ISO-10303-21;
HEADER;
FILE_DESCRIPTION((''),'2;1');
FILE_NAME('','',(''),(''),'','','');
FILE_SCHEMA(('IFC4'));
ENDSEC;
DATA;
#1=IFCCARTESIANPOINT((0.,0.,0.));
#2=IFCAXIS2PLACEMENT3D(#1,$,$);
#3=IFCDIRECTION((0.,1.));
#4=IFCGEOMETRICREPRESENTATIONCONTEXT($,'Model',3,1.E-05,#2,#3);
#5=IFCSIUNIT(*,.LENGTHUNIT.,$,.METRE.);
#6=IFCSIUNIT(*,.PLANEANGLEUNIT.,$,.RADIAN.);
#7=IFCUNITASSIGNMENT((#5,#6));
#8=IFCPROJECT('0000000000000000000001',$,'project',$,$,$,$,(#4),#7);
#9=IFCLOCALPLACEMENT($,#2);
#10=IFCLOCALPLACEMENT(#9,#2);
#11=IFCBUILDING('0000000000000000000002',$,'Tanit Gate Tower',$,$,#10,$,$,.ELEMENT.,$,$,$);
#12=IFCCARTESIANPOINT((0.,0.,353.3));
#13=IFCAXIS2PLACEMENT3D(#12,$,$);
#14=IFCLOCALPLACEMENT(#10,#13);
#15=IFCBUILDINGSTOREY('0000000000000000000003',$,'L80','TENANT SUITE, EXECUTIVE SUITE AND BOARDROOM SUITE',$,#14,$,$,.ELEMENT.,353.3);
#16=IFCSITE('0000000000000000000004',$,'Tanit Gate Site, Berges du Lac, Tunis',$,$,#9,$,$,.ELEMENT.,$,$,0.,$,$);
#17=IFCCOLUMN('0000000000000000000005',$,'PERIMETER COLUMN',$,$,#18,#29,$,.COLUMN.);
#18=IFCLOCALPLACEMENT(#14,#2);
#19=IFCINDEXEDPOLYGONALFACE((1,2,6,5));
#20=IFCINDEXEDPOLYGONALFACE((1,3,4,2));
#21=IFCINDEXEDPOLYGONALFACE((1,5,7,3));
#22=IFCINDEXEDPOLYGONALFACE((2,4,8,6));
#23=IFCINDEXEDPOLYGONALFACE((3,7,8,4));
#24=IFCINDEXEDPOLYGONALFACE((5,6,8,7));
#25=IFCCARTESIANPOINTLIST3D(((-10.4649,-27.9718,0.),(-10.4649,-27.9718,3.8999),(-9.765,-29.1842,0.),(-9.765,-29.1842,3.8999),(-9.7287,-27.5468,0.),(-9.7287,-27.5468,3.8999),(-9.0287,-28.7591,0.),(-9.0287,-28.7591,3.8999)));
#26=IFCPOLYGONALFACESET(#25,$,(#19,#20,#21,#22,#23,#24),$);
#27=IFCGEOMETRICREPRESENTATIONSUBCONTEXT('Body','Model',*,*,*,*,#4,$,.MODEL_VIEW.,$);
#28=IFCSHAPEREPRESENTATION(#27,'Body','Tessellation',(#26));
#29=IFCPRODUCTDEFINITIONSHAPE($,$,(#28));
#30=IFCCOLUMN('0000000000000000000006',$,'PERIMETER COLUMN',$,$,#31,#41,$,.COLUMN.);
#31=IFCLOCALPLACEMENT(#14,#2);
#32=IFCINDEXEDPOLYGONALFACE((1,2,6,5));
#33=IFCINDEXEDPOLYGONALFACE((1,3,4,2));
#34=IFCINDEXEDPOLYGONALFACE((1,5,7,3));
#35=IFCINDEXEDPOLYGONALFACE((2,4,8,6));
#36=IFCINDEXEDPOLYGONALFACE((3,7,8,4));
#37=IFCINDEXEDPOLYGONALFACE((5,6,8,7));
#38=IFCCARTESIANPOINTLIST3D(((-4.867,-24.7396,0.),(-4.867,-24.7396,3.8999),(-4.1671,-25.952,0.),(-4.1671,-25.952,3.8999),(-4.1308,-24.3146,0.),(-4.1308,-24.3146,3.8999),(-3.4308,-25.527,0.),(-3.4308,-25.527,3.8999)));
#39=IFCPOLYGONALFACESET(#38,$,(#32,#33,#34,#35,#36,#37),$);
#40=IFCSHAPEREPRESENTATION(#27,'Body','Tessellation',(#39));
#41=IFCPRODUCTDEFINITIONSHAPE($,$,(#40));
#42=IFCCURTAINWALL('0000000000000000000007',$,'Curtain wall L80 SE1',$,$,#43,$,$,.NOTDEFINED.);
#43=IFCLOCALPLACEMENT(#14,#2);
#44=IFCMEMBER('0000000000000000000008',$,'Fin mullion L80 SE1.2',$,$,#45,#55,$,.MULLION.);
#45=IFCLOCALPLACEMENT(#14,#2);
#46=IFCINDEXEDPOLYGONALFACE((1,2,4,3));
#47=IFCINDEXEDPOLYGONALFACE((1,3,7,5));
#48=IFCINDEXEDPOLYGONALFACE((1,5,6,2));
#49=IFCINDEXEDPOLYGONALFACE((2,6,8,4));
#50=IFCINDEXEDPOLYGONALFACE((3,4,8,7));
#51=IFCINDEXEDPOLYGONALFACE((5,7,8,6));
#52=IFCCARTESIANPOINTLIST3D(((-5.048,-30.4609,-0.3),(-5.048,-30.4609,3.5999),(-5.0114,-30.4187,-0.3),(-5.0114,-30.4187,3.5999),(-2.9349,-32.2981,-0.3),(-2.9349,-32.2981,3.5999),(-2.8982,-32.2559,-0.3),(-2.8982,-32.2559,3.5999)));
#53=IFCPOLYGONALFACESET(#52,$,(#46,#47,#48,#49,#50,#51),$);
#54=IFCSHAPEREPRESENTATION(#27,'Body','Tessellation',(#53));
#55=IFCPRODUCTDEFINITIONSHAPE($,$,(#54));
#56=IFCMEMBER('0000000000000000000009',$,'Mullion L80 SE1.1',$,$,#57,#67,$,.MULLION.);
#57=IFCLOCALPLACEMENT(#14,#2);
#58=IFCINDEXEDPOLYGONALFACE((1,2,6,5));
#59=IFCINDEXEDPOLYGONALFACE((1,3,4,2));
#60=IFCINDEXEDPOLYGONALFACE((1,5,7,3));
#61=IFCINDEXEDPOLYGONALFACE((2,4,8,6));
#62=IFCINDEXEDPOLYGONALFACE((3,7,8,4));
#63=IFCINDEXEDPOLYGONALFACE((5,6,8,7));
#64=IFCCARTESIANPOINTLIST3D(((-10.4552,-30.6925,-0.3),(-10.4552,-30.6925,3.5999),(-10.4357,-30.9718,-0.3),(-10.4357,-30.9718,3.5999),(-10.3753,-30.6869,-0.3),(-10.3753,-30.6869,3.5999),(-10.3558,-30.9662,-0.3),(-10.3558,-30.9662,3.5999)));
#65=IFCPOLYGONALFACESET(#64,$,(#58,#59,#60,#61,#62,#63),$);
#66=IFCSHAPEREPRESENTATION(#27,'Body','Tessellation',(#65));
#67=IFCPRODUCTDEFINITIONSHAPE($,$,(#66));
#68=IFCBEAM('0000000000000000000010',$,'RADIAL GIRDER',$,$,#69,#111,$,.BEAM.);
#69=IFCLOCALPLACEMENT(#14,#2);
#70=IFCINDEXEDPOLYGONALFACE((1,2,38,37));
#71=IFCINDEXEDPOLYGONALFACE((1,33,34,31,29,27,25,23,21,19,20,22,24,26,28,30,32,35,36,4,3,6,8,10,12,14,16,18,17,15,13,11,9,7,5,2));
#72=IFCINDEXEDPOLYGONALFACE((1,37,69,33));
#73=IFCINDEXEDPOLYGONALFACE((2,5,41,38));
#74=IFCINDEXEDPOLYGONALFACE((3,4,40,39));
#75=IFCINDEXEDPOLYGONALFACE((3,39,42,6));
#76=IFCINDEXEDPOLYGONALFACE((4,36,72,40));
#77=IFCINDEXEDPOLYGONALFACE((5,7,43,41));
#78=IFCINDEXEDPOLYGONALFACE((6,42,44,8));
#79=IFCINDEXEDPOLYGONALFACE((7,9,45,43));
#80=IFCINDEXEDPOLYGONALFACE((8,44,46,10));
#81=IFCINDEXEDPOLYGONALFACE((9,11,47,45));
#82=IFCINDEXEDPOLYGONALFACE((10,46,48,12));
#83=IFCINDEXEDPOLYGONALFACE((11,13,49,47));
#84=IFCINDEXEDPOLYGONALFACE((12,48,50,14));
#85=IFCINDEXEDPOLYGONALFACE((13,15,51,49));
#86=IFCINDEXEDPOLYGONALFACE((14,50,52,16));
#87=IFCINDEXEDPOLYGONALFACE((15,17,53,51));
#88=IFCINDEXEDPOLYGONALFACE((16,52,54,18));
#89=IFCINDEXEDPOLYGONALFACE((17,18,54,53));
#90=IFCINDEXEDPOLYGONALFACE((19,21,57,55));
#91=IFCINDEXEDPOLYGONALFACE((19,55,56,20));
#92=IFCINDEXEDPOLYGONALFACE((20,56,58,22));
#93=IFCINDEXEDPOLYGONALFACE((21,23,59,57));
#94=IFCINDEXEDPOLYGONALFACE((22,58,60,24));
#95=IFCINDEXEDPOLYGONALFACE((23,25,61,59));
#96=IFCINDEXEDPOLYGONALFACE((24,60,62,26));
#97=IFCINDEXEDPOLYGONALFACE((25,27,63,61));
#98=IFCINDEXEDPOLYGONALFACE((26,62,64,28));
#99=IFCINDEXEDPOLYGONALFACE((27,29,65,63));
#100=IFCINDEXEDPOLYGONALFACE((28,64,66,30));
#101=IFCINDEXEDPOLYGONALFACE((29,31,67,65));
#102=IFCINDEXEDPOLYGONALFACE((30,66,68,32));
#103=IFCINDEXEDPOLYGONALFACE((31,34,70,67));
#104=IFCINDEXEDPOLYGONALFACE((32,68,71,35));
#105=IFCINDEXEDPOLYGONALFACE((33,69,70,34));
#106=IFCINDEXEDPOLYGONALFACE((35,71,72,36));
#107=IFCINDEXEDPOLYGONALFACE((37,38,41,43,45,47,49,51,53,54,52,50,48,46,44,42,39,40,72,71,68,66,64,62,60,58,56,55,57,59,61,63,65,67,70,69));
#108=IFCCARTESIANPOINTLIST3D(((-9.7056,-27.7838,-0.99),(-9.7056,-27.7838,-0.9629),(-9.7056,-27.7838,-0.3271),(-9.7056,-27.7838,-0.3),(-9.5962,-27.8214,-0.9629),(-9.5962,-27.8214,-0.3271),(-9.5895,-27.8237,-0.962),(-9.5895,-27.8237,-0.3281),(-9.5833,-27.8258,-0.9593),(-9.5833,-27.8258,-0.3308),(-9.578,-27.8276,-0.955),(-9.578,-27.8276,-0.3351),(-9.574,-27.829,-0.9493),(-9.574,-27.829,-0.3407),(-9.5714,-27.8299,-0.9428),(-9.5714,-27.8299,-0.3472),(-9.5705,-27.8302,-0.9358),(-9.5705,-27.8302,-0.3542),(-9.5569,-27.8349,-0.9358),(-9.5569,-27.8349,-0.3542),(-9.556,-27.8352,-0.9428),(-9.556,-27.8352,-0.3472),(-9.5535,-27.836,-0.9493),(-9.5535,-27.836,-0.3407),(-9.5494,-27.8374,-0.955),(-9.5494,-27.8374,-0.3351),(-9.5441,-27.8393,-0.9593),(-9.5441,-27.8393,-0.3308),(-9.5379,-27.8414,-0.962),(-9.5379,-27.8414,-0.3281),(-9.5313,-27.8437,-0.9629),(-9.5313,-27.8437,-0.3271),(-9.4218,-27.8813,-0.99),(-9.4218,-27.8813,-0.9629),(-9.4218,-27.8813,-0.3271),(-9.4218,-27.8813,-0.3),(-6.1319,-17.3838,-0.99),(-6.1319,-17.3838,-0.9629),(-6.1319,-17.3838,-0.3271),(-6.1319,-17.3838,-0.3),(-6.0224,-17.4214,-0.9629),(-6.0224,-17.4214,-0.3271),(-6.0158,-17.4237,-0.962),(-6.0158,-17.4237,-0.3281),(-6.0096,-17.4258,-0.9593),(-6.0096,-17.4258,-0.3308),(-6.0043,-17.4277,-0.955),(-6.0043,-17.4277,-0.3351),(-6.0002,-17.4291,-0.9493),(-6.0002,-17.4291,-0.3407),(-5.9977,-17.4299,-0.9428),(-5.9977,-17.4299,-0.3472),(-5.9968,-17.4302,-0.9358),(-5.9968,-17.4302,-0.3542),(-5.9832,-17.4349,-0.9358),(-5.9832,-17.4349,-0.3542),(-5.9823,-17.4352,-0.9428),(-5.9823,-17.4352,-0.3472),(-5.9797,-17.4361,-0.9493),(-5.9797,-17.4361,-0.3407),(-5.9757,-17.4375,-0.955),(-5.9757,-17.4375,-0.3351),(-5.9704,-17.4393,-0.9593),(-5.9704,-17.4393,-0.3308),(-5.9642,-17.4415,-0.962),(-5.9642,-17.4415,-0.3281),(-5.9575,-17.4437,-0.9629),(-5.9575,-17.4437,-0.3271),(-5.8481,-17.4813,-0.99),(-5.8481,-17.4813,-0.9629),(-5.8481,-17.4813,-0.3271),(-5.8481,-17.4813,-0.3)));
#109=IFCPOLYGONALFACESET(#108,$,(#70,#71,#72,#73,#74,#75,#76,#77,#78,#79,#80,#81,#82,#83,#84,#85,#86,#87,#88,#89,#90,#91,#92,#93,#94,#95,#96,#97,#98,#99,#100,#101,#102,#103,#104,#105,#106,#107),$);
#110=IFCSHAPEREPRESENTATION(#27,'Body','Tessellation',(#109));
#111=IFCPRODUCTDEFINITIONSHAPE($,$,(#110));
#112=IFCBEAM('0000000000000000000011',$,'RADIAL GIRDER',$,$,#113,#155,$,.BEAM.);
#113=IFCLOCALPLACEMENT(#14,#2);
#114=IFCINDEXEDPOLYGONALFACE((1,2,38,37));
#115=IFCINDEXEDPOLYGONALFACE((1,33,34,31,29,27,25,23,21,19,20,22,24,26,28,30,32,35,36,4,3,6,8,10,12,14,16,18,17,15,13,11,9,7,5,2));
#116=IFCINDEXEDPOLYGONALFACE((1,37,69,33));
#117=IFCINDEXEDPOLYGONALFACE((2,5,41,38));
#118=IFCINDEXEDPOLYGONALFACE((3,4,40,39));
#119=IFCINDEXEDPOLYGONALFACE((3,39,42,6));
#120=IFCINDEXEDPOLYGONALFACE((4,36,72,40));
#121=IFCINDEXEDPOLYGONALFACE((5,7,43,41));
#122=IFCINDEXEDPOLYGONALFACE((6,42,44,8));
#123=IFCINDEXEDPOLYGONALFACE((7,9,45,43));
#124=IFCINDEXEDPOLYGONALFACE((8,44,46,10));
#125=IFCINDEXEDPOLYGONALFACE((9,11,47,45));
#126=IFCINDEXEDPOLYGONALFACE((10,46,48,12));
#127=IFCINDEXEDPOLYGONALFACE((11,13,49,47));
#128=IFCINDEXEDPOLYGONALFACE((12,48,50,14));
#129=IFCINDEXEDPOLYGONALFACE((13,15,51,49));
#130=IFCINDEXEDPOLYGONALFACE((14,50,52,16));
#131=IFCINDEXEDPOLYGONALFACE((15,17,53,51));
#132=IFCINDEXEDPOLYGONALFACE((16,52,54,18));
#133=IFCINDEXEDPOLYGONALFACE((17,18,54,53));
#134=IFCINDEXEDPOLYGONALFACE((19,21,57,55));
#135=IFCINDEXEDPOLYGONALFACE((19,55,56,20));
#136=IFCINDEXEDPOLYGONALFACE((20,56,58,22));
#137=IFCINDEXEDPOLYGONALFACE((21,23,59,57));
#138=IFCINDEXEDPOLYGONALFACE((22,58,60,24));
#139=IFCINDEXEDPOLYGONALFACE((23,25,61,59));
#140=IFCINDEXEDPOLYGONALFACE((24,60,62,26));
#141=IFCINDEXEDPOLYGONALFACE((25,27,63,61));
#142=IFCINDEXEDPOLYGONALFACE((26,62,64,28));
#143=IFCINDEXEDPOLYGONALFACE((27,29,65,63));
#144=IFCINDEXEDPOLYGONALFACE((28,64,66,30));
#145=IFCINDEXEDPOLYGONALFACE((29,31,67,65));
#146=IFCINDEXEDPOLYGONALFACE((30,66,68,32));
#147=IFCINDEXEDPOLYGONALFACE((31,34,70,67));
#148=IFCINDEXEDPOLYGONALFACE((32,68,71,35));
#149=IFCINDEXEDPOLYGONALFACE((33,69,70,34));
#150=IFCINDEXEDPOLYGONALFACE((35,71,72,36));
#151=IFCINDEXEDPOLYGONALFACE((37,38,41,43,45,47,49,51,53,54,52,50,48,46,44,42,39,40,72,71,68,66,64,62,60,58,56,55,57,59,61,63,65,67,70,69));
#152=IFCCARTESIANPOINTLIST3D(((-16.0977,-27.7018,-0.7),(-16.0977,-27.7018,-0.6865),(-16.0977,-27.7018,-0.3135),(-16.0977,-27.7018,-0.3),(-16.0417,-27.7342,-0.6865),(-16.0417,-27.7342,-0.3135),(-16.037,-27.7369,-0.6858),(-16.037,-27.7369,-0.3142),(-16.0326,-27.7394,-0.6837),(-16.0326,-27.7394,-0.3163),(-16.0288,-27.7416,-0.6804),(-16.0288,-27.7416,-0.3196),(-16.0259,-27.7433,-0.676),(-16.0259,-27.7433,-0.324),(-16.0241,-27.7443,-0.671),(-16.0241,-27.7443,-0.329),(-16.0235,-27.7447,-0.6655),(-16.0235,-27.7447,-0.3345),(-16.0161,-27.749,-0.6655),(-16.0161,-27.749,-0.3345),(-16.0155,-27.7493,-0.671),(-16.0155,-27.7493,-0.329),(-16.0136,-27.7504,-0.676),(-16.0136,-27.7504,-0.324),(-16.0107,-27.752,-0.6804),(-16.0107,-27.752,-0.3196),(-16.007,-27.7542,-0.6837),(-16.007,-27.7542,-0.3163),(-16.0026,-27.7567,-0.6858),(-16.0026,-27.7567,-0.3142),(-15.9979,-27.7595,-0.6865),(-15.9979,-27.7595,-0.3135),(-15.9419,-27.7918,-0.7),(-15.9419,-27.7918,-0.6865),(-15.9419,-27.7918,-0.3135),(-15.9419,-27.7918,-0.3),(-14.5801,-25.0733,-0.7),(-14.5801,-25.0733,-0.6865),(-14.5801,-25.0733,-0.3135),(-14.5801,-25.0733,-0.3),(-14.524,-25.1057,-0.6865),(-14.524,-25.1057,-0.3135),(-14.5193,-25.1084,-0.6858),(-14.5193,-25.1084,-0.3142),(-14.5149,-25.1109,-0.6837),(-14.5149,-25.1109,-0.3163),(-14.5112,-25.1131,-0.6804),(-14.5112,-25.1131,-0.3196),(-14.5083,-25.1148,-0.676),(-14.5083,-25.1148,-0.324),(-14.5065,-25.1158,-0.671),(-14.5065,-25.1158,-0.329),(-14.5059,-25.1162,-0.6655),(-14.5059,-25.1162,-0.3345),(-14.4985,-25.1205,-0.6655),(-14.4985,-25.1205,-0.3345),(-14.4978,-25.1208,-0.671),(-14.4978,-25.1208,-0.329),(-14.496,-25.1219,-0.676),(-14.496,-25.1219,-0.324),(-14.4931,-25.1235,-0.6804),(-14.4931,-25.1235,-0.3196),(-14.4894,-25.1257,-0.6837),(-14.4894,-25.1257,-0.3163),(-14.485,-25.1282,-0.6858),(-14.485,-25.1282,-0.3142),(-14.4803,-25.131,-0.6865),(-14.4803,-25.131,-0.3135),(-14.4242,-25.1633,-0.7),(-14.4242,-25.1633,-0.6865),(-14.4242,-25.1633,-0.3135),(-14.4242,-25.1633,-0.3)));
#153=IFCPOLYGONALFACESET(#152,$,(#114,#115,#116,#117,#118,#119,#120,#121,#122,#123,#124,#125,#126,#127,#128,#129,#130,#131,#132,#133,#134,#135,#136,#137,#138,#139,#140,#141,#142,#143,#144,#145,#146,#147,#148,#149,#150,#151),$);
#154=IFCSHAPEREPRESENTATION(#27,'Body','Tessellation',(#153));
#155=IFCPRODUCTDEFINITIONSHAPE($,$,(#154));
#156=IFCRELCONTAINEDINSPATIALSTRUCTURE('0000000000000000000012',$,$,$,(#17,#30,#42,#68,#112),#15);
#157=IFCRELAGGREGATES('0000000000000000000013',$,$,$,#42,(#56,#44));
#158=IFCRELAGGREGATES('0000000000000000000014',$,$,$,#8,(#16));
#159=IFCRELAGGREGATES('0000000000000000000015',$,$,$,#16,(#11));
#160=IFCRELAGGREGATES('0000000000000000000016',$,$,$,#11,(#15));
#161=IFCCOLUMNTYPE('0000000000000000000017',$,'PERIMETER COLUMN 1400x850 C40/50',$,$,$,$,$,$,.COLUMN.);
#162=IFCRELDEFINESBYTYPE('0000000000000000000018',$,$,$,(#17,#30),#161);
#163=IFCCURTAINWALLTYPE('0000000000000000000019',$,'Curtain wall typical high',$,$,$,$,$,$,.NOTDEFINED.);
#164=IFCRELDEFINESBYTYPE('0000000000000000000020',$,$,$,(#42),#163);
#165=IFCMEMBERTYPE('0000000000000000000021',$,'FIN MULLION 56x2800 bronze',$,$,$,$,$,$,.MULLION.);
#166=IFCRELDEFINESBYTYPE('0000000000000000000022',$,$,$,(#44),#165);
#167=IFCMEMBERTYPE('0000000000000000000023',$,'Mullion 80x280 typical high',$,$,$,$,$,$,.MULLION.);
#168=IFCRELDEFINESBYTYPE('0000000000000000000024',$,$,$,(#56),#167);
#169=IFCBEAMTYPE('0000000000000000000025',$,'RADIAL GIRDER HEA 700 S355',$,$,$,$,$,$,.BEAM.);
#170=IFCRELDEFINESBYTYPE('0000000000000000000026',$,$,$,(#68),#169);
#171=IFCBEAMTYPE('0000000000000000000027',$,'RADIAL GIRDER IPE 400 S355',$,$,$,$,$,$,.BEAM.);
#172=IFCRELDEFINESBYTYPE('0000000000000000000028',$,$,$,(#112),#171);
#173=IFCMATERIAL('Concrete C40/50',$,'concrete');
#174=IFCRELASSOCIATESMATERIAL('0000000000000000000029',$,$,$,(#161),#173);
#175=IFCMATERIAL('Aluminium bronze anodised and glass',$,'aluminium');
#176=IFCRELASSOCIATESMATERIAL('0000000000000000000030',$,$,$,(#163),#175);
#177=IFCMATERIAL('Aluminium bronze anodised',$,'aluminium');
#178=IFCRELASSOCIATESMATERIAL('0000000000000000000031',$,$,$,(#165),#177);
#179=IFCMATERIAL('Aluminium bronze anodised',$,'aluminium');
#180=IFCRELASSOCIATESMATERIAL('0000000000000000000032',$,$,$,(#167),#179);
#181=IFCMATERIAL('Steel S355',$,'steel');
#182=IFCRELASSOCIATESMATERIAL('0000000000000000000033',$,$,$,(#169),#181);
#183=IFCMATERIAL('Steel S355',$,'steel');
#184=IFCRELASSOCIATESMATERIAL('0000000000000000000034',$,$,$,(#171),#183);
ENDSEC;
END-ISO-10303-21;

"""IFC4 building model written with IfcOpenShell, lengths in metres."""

from ifc_helpers import new_model, si_unit, direction, frame, origin, origin_2d, place, context, subcontext, project, spatial, rectangle, i_section, extrude, material, material_profile, profile_set, type_object, element, aggregate, save


model = new_model("IFC4")

# Units and contexts
model_context = context("Model", 3, precision=1e-05, world=origin(), true_north=direction((0.0, 1.0)))
body_context = subcontext(model_context, "Body", "Model", "MODEL_VIEW")
ifc_project = project(units=[si_unit("LENGTHUNIT", "METRE"), si_unit("PLANEANGLEUNIT", "RADIAN")], contexts=[model_context])

# Site, building, storey
site_placement = place(None, origin())
site = spatial("IfcSite", under=ifc_project, at=site_placement, Name="Tanit Gate Site, Berges du Lac, Tunis", CompositionType="ELEMENT", RefElevation=0.0)
building_placement = place(site_placement, origin())
building = spatial("IfcBuilding", under=site, at=building_placement, Name="Tanit Gate Tower", CompositionType="ELEMENT")
storey_placement = place(building_placement, frame((0.0, 0.0, 353.3)))
storey = spatial("IfcBuildingStorey", under=building, at=storey_placement, Name="L80", Description="TENANT SUITE, EXECUTIVE SUITE AND BOARDROOM SUITE", CompositionType="ELEMENT", Elevation=353.3)

# Columns
ifc_material_1 = material(Name="Concrete C40/50", Category="concrete")
ifc_material_profile_1 = material_profile(ifc_material_1, rectangle(XDim=1.3999, YDim=0.8501, at=origin_2d()), Name="RC 1400x850")
ifc_profile_set_1 = profile_set([ifc_material_profile_1], Name="Concrete C40/50")
column_type = type_object("IfcColumnType", Name="PERIMETER COLUMN 1400x850 C40/50", PredefinedType="COLUMN", material=ifc_profile_set_1)
for number, where, z_axis, x_axis, name in (
    (1, (-9.7468, -28.3655, 0.0), (0.0, 0.0, 1.0), (0.5, -0.866025, 0.0), "PERIMETER COLUMN"),
    (2, (-4.1489, -25.1333, 0.0), (0.0, 0.0, 1.0), (0.5, -0.866025, 0.0), "PERIMETER COLUMN"),
):
    element("IfcColumn", number, at=place(storey_placement, frame(where, z_axis=z_axis, x_axis=x_axis)), inside=storey, type_object=column_type, Name=name, PredefinedType="COLUMN", context=body_context, shape_type="SweptSolid", body=[
        extrude(rectangle(XDim=1.3999, YDim=0.8501, at=origin_2d()), origin(), (0.0, 0.0, 1.0), 3.8999),
    ])

# Curtain wall, members
ifc_material_2 = material(Name="Aluminium bronze anodised and glass", Category="aluminium")
curtain_wall_type = type_object("IfcCurtainWallType", Name="Curtain wall typical high", PredefinedType="NOTDEFINED", material=ifc_material_2)
curtain_wall_placement = place(storey_placement, origin())
curtain_wall = element("IfcCurtainWall", 3, at=curtain_wall_placement, inside=storey, type_object=curtain_wall_type, Name="Curtain wall L80 SE1", PredefinedType="NOTDEFINED")
ifc_material_3 = material(Name="Aluminium bronze anodised", Category="aluminium")
ifc_material_profile_2 = material_profile(ifc_material_3, rectangle(XDim=2.8, YDim=0.0559, at=origin_2d()), Name="56x2800 bronze fin mullion")
ifc_profile_set_2 = profile_set([ifc_material_profile_2], Name="Aluminium bronze anodised")
member_type_1 = type_object("IfcMemberType", Name="FIN MULLION 56x2800 bronze", PredefinedType="MULLION", material=ifc_profile_set_2)
member_1_placement = place(storey_placement, frame((-3.9731, -31.3584, -0.3), z_axis=(0.0, 0.0, 1.0), x_axis=(-0.754674, 0.6561, 0.0)))
member_1 = element("IfcMember", 4, at=member_1_placement, type_object=member_type_1, Name="Fin mullion L80 SE1.2", PredefinedType="MULLION", context=body_context, shape_type="SweptSolid", body=[
    extrude(rectangle(XDim=2.8, YDim=0.0559, at=origin_2d()), origin(), (0.0, 0.0, 1.0), 3.8999),
])
ifc_material_4 = material(Name="Aluminium bronze anodised", Category="aluminium")
ifc_material_profile_3 = material_profile(ifc_material_4, rectangle(XDim=0.28, YDim=0.0801, at=origin_2d()), Name="80x280 bronze mullion")
ifc_profile_set_3 = profile_set([ifc_material_profile_3], Name="Aluminium bronze anodised")
member_type_2 = type_object("IfcMemberType", Name="Mullion 80x280 typical high", PredefinedType="MULLION", material=ifc_profile_set_3)
member_2_placement = place(storey_placement, frame((-10.4055, -30.8293, -0.3), z_axis=(0.0, 0.0, 1.0), x_axis=(-0.069702, 0.997568, 0.0)))
member_2 = element("IfcMember", 5, at=member_2_placement, type_object=member_type_2, Name="Mullion L80 SE1.1", PredefinedType="MULLION", context=body_context, shape_type="SweptSolid", body=[
    extrude(rectangle(XDim=0.28, YDim=0.0801, at=origin_2d()), origin(), (0.0, 0.0, 1.0), 3.8999),
])

# Beams
ifc_material_5 = material(Name="Steel S355", Category="steel")
ifc_material_profile_4 = material_profile(ifc_material_5, i_section(OverallWidth=0.3, OverallDepth=0.6899, WebThickness=0.0144, FlangeThickness=0.0271, FilletRadius=0.0271, at=origin_2d()), Name="HEA 700")
ifc_profile_set_4 = profile_set([ifc_material_profile_4], Name="Steel S355")
beam_type_1 = type_object("IfcBeamType", Name="RADIAL GIRDER HEA 700 S355", PredefinedType="BEAM", material=ifc_profile_set_4)
beam_1_placement = place(storey_placement, frame((-9.5637, -27.8325, -0.645), z_axis=(0.324979, 0.945721, 0.0), x_axis=(-0.945721, 0.324979, 0.0)))
element("IfcBeam", 6, at=beam_1_placement, inside=storey, type_object=beam_type_1, Name="RADIAL GIRDER", PredefinedType="BEAM", context=body_context, shape_type="SweptSolid", body=[
    extrude(i_section(OverallWidth=0.3, OverallDepth=0.6899, WebThickness=0.0144, FlangeThickness=0.0271, FilletRadius=0.0271, at=origin_2d()), origin(), (0.0, 0.0, 1.0), 10.9968),
])
ifc_material_6 = material(Name="Steel S355", Category="steel")
ifc_material_profile_5 = material_profile(ifc_material_6, i_section(OverallWidth=0.1799, OverallDepth=0.3999, WebThickness=0.0085, FlangeThickness=0.0134, FilletRadius=0.021, at=origin_2d()), Name="IPE 400")
ifc_profile_set_5 = profile_set([ifc_material_profile_5], Name="Steel S355")
beam_type_2 = type_object("IfcBeamType", Name="RADIAL GIRDER IPE 400 S355", PredefinedType="BEAM", material=ifc_profile_set_5)
beam_2_placement = place(storey_placement, frame((-16.0198, -27.7468, -0.5), z_axis=(0.500015, 0.866017, 0.0), x_axis=(-0.866017, 0.500015, 0.0)))
element("IfcBeam", 7, at=beam_2_placement, inside=storey, type_object=beam_type_2, Name="RADIAL GIRDER", PredefinedType="BEAM", context=body_context, shape_type="SweptSolid", body=[
    extrude(i_section(OverallWidth=0.1799, OverallDepth=0.3999, WebThickness=0.0085, FlangeThickness=0.0134, FilletRadius=0.021, at=origin_2d()), origin(), (0.0, 0.0, 1.0), 3.0352),
])

aggregate(curtain_wall, [member_2, member_1])

save(model, "model.ifc")
